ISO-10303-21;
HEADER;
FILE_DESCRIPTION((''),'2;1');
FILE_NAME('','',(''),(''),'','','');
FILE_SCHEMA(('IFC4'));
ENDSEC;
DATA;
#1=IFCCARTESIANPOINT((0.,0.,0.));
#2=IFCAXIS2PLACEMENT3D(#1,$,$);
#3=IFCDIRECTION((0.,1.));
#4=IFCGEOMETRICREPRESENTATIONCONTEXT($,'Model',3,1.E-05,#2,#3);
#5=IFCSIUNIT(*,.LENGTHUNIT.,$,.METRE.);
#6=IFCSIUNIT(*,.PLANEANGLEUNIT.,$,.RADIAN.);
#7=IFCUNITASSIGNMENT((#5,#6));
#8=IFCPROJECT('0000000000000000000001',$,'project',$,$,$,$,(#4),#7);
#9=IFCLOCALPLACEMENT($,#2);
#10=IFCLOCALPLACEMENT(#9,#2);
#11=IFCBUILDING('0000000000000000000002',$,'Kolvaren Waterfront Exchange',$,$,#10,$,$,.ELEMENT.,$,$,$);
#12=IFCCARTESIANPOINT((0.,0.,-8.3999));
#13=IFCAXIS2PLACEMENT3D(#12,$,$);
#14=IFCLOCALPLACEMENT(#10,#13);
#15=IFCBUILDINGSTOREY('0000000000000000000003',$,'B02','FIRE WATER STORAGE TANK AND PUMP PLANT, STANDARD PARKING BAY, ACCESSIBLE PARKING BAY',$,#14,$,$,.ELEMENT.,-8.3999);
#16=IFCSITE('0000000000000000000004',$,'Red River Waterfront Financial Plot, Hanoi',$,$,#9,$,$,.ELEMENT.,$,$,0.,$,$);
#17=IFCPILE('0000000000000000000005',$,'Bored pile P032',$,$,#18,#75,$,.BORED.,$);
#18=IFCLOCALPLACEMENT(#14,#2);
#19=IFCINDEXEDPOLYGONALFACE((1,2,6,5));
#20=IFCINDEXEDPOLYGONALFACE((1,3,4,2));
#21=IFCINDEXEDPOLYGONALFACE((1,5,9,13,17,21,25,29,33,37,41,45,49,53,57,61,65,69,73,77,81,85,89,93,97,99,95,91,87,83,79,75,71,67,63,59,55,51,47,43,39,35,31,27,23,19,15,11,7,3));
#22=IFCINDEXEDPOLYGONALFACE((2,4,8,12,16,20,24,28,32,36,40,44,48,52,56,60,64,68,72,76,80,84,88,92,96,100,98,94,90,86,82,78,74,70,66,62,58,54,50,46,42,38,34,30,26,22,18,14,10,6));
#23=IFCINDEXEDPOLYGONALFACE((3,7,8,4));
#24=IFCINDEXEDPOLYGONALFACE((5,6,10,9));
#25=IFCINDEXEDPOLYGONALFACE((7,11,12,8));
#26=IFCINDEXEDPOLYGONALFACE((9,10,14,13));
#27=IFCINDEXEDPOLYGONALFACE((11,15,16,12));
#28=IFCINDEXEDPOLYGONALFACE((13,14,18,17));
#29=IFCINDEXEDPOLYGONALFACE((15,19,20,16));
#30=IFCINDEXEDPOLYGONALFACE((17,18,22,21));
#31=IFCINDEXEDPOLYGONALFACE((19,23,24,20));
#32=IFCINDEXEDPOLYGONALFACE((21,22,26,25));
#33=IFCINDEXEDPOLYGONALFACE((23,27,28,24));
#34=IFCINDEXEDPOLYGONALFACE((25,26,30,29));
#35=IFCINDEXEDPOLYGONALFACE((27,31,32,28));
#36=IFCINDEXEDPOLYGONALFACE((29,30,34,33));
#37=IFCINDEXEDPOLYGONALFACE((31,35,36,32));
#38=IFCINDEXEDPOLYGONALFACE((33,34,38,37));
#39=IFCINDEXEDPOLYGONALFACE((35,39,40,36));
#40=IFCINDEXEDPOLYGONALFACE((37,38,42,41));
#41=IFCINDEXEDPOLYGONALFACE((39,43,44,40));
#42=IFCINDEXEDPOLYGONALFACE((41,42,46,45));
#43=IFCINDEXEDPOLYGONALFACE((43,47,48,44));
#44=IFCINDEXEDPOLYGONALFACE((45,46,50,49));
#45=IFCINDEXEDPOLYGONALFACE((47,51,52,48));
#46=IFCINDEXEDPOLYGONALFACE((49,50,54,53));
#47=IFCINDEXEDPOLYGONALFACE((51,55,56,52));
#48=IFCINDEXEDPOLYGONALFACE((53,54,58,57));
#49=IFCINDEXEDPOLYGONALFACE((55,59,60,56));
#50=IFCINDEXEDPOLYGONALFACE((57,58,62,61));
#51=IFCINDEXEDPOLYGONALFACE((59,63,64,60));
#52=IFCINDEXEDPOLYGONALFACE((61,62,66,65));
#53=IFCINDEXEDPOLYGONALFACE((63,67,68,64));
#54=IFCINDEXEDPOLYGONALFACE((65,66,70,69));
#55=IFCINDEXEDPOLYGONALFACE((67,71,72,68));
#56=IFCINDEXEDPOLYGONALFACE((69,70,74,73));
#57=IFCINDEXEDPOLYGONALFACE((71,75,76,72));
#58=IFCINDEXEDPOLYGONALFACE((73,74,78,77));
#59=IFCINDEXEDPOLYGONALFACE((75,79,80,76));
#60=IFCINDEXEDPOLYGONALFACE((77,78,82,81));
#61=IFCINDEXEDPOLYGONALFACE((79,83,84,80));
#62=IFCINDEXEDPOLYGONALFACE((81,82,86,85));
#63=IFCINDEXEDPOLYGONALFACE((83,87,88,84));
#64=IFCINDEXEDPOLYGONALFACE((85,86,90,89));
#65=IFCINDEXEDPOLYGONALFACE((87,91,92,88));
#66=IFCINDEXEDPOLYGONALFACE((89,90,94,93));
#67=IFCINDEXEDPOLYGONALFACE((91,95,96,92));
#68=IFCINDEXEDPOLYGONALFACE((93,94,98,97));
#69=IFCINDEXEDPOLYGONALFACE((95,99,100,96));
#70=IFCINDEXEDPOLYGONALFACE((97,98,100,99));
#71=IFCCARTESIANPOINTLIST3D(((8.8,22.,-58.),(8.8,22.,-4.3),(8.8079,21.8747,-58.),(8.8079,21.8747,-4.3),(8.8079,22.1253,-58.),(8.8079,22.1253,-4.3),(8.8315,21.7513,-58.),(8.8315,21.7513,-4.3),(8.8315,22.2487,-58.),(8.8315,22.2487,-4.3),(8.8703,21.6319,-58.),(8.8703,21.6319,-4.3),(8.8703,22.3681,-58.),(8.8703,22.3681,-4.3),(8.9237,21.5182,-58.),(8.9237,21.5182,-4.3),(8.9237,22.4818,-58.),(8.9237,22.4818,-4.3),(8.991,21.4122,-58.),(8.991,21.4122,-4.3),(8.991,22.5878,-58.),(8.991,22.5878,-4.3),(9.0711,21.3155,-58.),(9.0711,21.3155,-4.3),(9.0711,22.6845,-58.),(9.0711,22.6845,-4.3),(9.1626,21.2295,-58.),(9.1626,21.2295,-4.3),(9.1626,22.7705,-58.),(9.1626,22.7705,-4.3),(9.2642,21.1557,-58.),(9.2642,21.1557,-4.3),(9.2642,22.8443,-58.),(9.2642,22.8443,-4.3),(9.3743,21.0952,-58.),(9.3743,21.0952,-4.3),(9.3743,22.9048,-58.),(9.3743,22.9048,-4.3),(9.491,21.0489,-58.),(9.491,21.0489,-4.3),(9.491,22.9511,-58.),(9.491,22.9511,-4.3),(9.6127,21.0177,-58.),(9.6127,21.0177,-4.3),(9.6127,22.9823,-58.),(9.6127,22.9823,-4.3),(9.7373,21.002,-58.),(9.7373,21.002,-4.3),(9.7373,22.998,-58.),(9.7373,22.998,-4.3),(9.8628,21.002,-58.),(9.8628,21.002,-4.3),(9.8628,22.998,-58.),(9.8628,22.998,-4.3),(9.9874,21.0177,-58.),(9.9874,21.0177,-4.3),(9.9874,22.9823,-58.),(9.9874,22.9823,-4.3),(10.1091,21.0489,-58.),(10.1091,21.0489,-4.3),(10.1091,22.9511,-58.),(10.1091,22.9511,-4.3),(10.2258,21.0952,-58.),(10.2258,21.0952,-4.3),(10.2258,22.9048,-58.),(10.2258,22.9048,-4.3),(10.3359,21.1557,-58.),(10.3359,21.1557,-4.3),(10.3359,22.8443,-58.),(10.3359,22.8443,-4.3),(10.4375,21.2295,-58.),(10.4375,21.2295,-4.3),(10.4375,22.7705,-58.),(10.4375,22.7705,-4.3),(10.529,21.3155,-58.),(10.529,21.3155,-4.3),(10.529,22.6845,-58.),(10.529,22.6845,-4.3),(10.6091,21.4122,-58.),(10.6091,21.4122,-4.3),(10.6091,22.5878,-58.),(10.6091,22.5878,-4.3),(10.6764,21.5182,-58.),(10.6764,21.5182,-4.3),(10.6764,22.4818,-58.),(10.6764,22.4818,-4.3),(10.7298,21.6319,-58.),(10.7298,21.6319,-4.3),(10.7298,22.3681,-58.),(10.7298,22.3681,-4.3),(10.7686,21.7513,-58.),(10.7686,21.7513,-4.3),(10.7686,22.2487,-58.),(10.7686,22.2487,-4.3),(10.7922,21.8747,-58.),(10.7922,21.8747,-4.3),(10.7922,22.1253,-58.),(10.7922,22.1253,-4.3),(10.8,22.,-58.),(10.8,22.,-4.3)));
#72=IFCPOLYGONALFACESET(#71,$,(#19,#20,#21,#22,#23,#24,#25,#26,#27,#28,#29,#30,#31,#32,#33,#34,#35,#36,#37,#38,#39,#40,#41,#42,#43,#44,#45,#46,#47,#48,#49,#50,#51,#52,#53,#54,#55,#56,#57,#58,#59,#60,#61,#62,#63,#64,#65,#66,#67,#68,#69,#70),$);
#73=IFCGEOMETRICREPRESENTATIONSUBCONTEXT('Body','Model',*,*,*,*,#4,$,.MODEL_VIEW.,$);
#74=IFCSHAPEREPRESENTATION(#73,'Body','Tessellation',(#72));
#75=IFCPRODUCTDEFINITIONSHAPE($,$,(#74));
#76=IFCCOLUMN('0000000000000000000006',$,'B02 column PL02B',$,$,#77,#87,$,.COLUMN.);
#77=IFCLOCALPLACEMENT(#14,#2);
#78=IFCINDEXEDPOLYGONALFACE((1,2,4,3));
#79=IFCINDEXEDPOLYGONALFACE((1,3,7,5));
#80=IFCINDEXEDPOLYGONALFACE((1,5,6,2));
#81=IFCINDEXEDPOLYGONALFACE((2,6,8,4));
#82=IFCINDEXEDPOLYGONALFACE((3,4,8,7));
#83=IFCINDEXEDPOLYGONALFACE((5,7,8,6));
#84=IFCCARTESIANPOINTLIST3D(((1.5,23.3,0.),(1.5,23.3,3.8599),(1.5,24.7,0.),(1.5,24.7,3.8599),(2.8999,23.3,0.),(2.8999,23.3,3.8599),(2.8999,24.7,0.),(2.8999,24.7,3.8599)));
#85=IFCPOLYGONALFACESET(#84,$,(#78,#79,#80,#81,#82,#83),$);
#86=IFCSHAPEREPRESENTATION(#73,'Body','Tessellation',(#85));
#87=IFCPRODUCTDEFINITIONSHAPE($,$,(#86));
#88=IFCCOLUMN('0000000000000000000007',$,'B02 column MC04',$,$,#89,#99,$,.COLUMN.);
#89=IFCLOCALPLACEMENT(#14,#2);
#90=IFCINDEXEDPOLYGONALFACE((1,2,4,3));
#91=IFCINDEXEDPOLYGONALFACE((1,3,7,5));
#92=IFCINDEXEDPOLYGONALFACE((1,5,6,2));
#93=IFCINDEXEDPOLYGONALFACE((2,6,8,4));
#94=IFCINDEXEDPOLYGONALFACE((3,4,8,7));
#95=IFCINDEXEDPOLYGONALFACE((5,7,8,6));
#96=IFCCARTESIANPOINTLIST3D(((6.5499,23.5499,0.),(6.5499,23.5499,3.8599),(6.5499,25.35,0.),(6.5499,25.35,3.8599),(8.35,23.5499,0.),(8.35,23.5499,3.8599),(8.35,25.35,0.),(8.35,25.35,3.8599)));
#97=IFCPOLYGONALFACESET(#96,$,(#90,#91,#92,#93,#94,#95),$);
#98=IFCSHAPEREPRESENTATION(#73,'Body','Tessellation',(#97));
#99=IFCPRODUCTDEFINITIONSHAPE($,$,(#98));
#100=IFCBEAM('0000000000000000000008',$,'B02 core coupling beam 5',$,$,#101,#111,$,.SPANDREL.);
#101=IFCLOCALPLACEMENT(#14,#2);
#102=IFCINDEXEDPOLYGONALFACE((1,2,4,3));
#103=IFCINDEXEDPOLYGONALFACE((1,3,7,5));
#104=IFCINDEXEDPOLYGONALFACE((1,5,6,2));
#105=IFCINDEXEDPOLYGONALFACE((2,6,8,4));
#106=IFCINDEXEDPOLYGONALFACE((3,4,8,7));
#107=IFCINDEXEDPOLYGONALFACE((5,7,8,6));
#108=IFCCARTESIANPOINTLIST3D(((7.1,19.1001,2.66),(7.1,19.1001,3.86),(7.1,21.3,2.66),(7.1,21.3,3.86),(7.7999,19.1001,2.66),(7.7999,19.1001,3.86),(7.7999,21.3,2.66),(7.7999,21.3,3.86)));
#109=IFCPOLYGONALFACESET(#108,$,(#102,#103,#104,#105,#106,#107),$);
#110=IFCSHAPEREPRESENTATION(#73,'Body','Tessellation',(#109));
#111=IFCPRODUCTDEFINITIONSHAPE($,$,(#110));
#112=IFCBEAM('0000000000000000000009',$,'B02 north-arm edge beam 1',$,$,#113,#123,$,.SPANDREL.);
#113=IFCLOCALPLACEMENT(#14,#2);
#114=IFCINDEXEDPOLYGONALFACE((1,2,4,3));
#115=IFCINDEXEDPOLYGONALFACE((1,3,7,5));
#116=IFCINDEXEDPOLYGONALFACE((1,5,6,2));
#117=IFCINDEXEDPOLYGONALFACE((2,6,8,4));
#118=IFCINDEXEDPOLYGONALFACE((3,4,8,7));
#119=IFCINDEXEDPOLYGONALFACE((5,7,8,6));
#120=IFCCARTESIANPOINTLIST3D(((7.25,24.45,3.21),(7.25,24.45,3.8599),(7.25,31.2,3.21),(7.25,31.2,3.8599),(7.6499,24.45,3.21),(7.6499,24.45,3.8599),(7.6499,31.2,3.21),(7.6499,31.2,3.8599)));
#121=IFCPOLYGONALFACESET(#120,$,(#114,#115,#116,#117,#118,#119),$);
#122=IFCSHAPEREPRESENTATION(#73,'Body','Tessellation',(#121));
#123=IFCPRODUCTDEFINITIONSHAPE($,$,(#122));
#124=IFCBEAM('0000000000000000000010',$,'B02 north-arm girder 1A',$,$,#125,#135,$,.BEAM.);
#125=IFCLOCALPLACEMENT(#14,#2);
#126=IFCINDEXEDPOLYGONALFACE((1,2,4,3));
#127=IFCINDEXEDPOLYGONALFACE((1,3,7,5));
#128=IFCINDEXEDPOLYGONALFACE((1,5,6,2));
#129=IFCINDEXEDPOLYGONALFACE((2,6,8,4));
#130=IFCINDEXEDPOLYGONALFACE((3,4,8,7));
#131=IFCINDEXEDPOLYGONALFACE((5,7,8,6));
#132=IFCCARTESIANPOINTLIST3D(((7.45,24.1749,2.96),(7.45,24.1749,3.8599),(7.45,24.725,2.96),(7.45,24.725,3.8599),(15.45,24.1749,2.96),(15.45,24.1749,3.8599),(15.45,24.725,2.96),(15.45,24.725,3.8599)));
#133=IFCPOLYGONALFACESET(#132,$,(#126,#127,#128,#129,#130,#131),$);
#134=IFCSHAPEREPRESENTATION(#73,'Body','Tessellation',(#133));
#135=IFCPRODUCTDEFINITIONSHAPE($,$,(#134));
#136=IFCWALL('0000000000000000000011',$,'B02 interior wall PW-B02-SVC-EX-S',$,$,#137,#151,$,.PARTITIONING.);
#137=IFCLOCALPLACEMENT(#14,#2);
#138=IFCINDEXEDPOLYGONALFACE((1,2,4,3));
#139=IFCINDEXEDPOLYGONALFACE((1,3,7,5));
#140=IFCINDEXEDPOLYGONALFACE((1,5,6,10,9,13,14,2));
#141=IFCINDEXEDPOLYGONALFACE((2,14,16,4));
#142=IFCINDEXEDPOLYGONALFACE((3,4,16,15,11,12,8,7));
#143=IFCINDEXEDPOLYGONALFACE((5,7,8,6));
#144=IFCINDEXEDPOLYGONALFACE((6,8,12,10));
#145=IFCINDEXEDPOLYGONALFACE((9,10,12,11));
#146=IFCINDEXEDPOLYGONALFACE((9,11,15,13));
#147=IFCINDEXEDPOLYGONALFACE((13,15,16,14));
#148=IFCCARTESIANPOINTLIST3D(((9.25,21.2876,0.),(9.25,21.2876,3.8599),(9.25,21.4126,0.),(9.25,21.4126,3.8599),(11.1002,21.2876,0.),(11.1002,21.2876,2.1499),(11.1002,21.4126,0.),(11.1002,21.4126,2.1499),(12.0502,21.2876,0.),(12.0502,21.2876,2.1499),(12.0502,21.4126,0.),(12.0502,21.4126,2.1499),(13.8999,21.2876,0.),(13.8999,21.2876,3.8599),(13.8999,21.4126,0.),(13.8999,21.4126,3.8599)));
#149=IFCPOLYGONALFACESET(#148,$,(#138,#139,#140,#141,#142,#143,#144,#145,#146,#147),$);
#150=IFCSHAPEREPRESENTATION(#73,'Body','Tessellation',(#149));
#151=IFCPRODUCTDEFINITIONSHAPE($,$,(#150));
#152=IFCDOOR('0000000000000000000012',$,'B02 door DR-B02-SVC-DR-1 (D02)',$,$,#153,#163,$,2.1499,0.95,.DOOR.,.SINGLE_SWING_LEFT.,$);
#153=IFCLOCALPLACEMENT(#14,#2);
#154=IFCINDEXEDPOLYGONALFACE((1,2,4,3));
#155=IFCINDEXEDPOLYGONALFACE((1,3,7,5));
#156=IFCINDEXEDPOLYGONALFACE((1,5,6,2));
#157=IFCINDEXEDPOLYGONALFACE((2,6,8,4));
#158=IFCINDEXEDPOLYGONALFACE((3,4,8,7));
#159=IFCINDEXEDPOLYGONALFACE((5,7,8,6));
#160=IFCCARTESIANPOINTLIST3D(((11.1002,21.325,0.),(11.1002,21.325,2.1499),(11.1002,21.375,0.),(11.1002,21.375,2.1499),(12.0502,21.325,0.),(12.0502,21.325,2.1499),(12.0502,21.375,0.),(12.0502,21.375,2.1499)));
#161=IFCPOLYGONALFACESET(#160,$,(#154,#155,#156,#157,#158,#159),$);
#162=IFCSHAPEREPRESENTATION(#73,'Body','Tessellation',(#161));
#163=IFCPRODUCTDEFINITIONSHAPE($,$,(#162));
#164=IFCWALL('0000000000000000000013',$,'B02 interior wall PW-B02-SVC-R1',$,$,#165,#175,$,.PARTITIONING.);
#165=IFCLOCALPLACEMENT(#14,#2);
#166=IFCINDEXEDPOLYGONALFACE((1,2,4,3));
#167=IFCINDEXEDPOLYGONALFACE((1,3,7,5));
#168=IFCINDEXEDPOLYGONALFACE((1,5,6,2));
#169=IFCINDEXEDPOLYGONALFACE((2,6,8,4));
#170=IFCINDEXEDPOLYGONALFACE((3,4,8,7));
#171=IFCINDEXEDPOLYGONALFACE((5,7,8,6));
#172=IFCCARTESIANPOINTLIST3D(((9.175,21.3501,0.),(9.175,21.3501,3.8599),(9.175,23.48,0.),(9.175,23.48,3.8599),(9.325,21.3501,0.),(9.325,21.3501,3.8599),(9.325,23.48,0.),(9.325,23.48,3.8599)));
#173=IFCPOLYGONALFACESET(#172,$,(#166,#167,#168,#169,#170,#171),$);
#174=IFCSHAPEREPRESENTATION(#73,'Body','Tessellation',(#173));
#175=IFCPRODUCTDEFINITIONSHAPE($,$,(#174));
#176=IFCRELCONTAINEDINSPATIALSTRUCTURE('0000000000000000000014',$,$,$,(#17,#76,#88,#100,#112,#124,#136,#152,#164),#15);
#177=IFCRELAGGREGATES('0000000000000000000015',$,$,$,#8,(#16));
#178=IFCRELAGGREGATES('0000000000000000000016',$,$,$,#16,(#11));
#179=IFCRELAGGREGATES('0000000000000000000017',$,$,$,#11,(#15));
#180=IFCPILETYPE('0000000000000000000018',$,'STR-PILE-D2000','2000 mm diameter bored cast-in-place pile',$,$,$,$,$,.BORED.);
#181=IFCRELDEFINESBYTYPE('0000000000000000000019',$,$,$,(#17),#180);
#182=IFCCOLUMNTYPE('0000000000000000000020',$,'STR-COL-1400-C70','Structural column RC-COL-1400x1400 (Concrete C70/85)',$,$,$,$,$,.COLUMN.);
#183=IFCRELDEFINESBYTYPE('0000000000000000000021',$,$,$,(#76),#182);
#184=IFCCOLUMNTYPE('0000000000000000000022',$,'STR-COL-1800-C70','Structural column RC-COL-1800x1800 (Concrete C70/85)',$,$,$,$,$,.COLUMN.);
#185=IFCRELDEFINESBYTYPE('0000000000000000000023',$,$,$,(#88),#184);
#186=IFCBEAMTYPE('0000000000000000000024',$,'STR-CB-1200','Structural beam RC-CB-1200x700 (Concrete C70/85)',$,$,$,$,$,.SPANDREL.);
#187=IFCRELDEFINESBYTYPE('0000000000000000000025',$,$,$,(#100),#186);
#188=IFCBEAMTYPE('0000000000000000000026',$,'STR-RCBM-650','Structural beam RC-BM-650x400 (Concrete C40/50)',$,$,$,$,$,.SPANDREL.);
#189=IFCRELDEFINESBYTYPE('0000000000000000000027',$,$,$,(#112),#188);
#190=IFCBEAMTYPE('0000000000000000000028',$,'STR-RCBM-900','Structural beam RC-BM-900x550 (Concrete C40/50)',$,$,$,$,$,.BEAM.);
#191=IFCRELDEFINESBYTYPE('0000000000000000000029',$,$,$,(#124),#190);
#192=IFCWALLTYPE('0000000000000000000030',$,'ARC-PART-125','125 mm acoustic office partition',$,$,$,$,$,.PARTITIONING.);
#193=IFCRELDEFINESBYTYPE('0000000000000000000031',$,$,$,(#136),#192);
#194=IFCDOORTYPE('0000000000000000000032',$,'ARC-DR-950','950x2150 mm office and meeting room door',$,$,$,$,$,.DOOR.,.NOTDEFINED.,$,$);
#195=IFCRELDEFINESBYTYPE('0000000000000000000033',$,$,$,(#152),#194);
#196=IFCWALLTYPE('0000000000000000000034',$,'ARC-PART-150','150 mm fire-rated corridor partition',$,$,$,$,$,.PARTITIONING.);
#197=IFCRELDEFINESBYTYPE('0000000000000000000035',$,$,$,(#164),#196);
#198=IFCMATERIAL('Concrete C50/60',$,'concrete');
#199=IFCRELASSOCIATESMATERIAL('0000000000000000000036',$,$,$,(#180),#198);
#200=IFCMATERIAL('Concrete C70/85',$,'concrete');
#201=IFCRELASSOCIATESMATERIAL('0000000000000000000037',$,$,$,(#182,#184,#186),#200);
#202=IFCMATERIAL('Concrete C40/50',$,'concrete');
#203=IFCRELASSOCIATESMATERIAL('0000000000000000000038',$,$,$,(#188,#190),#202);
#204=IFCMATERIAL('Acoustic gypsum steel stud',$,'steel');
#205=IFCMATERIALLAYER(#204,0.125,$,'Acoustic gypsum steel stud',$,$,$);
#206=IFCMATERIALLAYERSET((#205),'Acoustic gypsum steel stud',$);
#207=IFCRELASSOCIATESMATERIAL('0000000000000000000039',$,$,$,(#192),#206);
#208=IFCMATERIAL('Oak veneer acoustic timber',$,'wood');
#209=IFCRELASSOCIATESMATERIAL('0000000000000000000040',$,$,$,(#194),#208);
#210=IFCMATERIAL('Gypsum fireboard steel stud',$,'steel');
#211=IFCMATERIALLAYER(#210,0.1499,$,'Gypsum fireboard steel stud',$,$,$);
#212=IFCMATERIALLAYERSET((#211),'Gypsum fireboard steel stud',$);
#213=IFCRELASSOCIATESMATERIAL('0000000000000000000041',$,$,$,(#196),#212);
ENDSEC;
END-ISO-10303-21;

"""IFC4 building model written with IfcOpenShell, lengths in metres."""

from ifc_helpers import new_model, si_unit, direction, frame, frame_2d, origin, origin_2d, place, context, subcontext, project, spatial, rectangle, circle, extrude, material, layer, layer_set, material_profile, profile_set, type_object, element, fill, save


model = new_model("IFC4")

# Units and contexts
model_context = context("Model", 3, precision=1e-05, world=origin(), true_north=direction((0.0, 1.0)))
body_context = subcontext(model_context, "Body", "Model", "MODEL_VIEW")
ifc_project = project(units=[si_unit("LENGTHUNIT", "METRE"), si_unit("PLANEANGLEUNIT", "RADIAN")], contexts=[model_context])

# Site, building, storey
site_placement = place(None, origin())
site = spatial("IfcSite", under=ifc_project, at=site_placement, Name="Red River Waterfront Financial Plot, Hanoi", CompositionType="ELEMENT", RefElevation=0.0)
building_placement = place(site_placement, origin())
building = spatial("IfcBuilding", under=site, at=building_placement, Name="Kolvaren Waterfront Exchange", CompositionType="ELEMENT")
storey_placement = place(building_placement, frame((0.0, 0.0, -8.3999)))
storey = spatial("IfcBuildingStorey", under=building, at=storey_placement, Name="B02", Description="FIRE WATER STORAGE TANK AND PUMP PLANT, STANDARD PARKING BAY, ACCESSIBLE PARKING BAY", CompositionType="ELEMENT", Elevation=-8.3999)

# Shared definitions
ifc_material_1 = material(Name="Concrete C40/50", Category="concrete")

# Pile
ifc_material_2 = material(Name="Concrete C50/60", Category="concrete")
ifc_material_profile_1 = material_profile(ifc_material_2, circle(Radius=1.0, at=origin_2d()), Name="RC-PILE-D2000")
ifc_profile_set_1 = profile_set([ifc_material_profile_1], Name="Concrete C50/60")
pile_type = type_object("IfcPileType", Name="STR-PILE-D2000", Description="2000 mm diameter bored cast-in-place pile", PredefinedType="BORED", material=ifc_profile_set_1)
pile_1_placement = place(storey_placement, frame((9.8, 22.0, -4.3), z_axis=(0.0, 0.0, -1.0), x_axis=(1.0, 0.0, 0.0)))
element("IfcPile", 1, at=pile_1_placement, inside=storey, type_object=pile_type, Name="Bored pile P032", PredefinedType="BORED", context=body_context, shape_type="SweptSolid", body=[
    extrude(circle(Radius=1.0, at=origin_2d()), origin(), (0.0, 0.0, 1.0), 53.7),
])

# Columns
ifc_material_3 = material(Name="Concrete C70/85", Category="concrete")
ifc_material_profile_2 = material_profile(ifc_material_3, rectangle(XDim=1.3999, YDim=1.3999, at=origin_2d()), Name="RC-COL-1400x1400")
ifc_profile_set_2 = profile_set([ifc_material_profile_2], Name="Concrete C70/85")
column_type_1 = type_object("IfcColumnType", Name="STR-COL-1400-C70", Description="Structural column RC-COL-1400x1400 (Concrete C70/85)", PredefinedType="COLUMN", material=ifc_profile_set_2)
column_1_placement = place(storey_placement, frame((2.2, 24.0, 0.0), z_axis=(0.0, 0.0, 1.0), x_axis=(1.0, 0.0, 0.0)))
element("IfcColumn", 2, at=column_1_placement, inside=storey, type_object=column_type_1, Name="B02 column PL02B", PredefinedType="COLUMN", context=body_context, shape_type="SweptSolid", body=[
    extrude(rectangle(XDim=1.3999, YDim=1.3999, at=origin_2d()), origin(), (0.0, 0.0, 1.0), 3.8599),
])
ifc_material_profile_3 = material_profile(ifc_material_3, rectangle(XDim=1.8, YDim=1.8, at=origin_2d()), Name="RC-COL-1800x1800")
ifc_profile_set_3 = profile_set([ifc_material_profile_3], Name="Concrete C70/85")
column_type_2 = type_object("IfcColumnType", Name="STR-COL-1800-C70", Description="Structural column RC-COL-1800x1800 (Concrete C70/85)", PredefinedType="COLUMN", material=ifc_profile_set_3)
column_2_placement = place(storey_placement, frame((7.45, 24.45, 0.0), z_axis=(0.0, 0.0, 1.0), x_axis=(1.0, 0.0, 0.0)))
element("IfcColumn", 3, at=column_2_placement, inside=storey, type_object=column_type_2, Name="B02 column MC04", PredefinedType="COLUMN", context=body_context, shape_type="SweptSolid", body=[
    extrude(rectangle(XDim=1.8, YDim=1.8, at=origin_2d()), origin(), (0.0, 0.0, 1.0), 3.8599),
])

# Beams
ifc_material_profile_4 = material_profile(ifc_material_3, rectangle(XDim=0.7, YDim=1.2, at=origin_2d()), Name="RC-CB-1200x700")
ifc_profile_set_4 = profile_set([ifc_material_profile_4], Name="Concrete C70/85")
beam_type_1 = type_object("IfcBeamType", Name="STR-CB-1200", Description="Structural beam RC-CB-1200x700 (Concrete C70/85)", PredefinedType="SPANDREL", material=ifc_profile_set_4)
beam_1_placement = place(storey_placement, frame((7.45, 19.1001, 3.26), z_axis=(0.0, 1.0, 0.0), x_axis=(-1.0, 0.0, 0.0)))
element("IfcBeam", 4, at=beam_1_placement, inside=storey, type_object=beam_type_1, Name="B02 core coupling beam 5", PredefinedType="SPANDREL", context=body_context, shape_type="SweptSolid", body=[
    extrude(rectangle(XDim=0.7, YDim=1.2, at=origin_2d()), origin(), (0.0, 0.0, 1.0), 2.2),
])
ifc_material_profile_5 = material_profile(ifc_material_1, rectangle(XDim=0.3999, YDim=0.6499, at=origin_2d()), Name="RC-BM-650x400")
ifc_profile_set_5 = profile_set([ifc_material_profile_5], Name="Concrete C40/50")
beam_type_2 = type_object("IfcBeamType", Name="STR-RCBM-650", Description="Structural beam RC-BM-650x400 (Concrete C40/50)", PredefinedType="SPANDREL", material=ifc_profile_set_5)
beam_2_placement = place(storey_placement, frame((7.45, 24.45, 3.5349), z_axis=(0.0, 1.0, 0.0), x_axis=(-1.0, 0.0, 0.0)))
element("IfcBeam", 5, at=beam_2_placement, inside=storey, type_object=beam_type_2, Name="B02 north-arm edge beam 1", PredefinedType="SPANDREL", context=body_context, shape_type="SweptSolid", body=[
    extrude(rectangle(XDim=0.3999, YDim=0.6499, at=origin_2d()), origin(), (0.0, 0.0, 1.0), 6.75),
])
ifc_material_profile_6 = material_profile(ifc_material_1, rectangle(XDim=0.55, YDim=0.8999, at=origin_2d()), Name="RC-BM-900x550")
ifc_profile_set_6 = profile_set([ifc_material_profile_6], Name="Concrete C40/50")
beam_type_3 = type_object("IfcBeamType", Name="STR-RCBM-900", Description="Structural beam RC-BM-900x550 (Concrete C40/50)", PredefinedType="BEAM", material=ifc_profile_set_6)
beam_3_placement = place(storey_placement, frame((7.45, 24.45, 3.4099), z_axis=(1.0, 0.0, 0.0), x_axis=(0.0, 1.0, 0.0)))
element("IfcBeam", 6, at=beam_3_placement, inside=storey, type_object=beam_type_3, Name="B02 north-arm girder 1A", PredefinedType="BEAM", context=body_context, shape_type="SweptSolid", body=[
    extrude(rectangle(XDim=0.55, YDim=0.8999, at=origin_2d()), origin(), (0.0, 0.0, 1.0), 8.0),
])

# Wall, opening, door
ifc_material_4 = material(Name="Acoustic gypsum steel stud", Category="steel")
ifc_layer_1 = layer(ifc_material_4, 0.125, Name="Acoustic gypsum steel stud")
ifc_layer_set_1 = layer_set([ifc_layer_1], Name="Acoustic gypsum steel stud")
wall_type_1 = type_object("IfcWallType", Name="ARC-PART-125", Description="125 mm acoustic office partition", PredefinedType="PARTITIONING", material=ifc_layer_set_1)
wall_1_placement = place(storey_placement, frame((9.25, 21.3501, 0.0), z_axis=(0.0, 0.0, 1.0), x_axis=(1.0, 0.0, 0.0)))
wall_1 = element("IfcWall", 7, at=wall_1_placement, inside=storey, type_object=wall_type_1, Name="B02 interior wall PW-B02-SVC-EX-S", PredefinedType="PARTITIONING", context=body_context, shape_type="SweptSolid", body=[
    extrude(rectangle(XDim=4.6499, YDim=0.125, at=frame_2d((2.325, 0.0))), origin(), (0.0, 0.0, 1.0), 3.8599),
])
opening_1_placement = place(wall_1_placement, frame((1.8501, 0.0, 0.0)))
opening_1 = element("IfcOpeningElement", 8, at=opening_1_placement, cuts=wall_1, PredefinedType="OPENING", context=body_context, shape_type="SweptSolid", body=[
    extrude(rectangle(XDim=0.95, YDim=2.1499, at=frame_2d((0.4751, 1.075))), frame((0.0, 0.0725, 0.0), z_axis=(0.0, -1.0, 0.0), x_axis=(1.0, 0.0, 0.0)), (0.0, 0.0, 1.0), 0.145),
])
ifc_material_5 = material(Name="Oak veneer acoustic timber", Category="wood")
door_type_1 = type_object("IfcDoorType", Name="ARC-DR-950", Description="950x2150 mm office and meeting room door", OperationType="NOTDEFINED", PredefinedType="DOOR", material=ifc_material_5)
door_1_placement = place(opening_1_placement, origin())
door_1 = element("IfcDoor", 9, at=door_1_placement, inside=storey, type_object=door_type_1, Name="B02 door DR-B02-SVC-DR-1 (D02)", OperationType="SINGLE_SWING_LEFT", OverallHeight=2.1499, OverallWidth=0.95, PredefinedType="DOOR", context=body_context, shape_type="SweptSolid", body=[
    extrude(rectangle(XDim=0.95, YDim=2.1499, at=frame_2d((0.4751, 1.075))), frame((0.0, 0.0249, 0.0), z_axis=(0.0, -1.0, 0.0), x_axis=(1.0, 0.0, 0.0)), (0.0, 0.0, 1.0), 0.05),
])
fill(opening_1, door_1)

# Wall
ifc_material_6 = material(Name="Gypsum fireboard steel stud", Category="steel")
ifc_layer_2 = layer(ifc_material_6, 0.1499, Name="Gypsum fireboard steel stud")
ifc_layer_set_2 = layer_set([ifc_layer_2], Name="Gypsum fireboard steel stud")
wall_type_2 = type_object("IfcWallType", Name="ARC-PART-150", Description="150 mm fire-rated corridor partition", PredefinedType="PARTITIONING", material=ifc_layer_set_2)
wall_2_placement = place(storey_placement, frame((9.25, 21.3501, 0.0), z_axis=(0.0, 0.0, 1.0), x_axis=(0.0, 1.0, 0.0)))
element("IfcWall", 10, at=wall_2_placement, inside=storey, type_object=wall_type_2, Name="B02 interior wall PW-B02-SVC-R1", PredefinedType="PARTITIONING", context=body_context, shape_type="SweptSolid", body=[
    extrude(rectangle(XDim=2.1299, YDim=0.1499, at=frame_2d((1.0649, 0.0))), origin(), (0.0, 0.0, 1.0), 3.8599),
])

save(model, "model.ifc")
